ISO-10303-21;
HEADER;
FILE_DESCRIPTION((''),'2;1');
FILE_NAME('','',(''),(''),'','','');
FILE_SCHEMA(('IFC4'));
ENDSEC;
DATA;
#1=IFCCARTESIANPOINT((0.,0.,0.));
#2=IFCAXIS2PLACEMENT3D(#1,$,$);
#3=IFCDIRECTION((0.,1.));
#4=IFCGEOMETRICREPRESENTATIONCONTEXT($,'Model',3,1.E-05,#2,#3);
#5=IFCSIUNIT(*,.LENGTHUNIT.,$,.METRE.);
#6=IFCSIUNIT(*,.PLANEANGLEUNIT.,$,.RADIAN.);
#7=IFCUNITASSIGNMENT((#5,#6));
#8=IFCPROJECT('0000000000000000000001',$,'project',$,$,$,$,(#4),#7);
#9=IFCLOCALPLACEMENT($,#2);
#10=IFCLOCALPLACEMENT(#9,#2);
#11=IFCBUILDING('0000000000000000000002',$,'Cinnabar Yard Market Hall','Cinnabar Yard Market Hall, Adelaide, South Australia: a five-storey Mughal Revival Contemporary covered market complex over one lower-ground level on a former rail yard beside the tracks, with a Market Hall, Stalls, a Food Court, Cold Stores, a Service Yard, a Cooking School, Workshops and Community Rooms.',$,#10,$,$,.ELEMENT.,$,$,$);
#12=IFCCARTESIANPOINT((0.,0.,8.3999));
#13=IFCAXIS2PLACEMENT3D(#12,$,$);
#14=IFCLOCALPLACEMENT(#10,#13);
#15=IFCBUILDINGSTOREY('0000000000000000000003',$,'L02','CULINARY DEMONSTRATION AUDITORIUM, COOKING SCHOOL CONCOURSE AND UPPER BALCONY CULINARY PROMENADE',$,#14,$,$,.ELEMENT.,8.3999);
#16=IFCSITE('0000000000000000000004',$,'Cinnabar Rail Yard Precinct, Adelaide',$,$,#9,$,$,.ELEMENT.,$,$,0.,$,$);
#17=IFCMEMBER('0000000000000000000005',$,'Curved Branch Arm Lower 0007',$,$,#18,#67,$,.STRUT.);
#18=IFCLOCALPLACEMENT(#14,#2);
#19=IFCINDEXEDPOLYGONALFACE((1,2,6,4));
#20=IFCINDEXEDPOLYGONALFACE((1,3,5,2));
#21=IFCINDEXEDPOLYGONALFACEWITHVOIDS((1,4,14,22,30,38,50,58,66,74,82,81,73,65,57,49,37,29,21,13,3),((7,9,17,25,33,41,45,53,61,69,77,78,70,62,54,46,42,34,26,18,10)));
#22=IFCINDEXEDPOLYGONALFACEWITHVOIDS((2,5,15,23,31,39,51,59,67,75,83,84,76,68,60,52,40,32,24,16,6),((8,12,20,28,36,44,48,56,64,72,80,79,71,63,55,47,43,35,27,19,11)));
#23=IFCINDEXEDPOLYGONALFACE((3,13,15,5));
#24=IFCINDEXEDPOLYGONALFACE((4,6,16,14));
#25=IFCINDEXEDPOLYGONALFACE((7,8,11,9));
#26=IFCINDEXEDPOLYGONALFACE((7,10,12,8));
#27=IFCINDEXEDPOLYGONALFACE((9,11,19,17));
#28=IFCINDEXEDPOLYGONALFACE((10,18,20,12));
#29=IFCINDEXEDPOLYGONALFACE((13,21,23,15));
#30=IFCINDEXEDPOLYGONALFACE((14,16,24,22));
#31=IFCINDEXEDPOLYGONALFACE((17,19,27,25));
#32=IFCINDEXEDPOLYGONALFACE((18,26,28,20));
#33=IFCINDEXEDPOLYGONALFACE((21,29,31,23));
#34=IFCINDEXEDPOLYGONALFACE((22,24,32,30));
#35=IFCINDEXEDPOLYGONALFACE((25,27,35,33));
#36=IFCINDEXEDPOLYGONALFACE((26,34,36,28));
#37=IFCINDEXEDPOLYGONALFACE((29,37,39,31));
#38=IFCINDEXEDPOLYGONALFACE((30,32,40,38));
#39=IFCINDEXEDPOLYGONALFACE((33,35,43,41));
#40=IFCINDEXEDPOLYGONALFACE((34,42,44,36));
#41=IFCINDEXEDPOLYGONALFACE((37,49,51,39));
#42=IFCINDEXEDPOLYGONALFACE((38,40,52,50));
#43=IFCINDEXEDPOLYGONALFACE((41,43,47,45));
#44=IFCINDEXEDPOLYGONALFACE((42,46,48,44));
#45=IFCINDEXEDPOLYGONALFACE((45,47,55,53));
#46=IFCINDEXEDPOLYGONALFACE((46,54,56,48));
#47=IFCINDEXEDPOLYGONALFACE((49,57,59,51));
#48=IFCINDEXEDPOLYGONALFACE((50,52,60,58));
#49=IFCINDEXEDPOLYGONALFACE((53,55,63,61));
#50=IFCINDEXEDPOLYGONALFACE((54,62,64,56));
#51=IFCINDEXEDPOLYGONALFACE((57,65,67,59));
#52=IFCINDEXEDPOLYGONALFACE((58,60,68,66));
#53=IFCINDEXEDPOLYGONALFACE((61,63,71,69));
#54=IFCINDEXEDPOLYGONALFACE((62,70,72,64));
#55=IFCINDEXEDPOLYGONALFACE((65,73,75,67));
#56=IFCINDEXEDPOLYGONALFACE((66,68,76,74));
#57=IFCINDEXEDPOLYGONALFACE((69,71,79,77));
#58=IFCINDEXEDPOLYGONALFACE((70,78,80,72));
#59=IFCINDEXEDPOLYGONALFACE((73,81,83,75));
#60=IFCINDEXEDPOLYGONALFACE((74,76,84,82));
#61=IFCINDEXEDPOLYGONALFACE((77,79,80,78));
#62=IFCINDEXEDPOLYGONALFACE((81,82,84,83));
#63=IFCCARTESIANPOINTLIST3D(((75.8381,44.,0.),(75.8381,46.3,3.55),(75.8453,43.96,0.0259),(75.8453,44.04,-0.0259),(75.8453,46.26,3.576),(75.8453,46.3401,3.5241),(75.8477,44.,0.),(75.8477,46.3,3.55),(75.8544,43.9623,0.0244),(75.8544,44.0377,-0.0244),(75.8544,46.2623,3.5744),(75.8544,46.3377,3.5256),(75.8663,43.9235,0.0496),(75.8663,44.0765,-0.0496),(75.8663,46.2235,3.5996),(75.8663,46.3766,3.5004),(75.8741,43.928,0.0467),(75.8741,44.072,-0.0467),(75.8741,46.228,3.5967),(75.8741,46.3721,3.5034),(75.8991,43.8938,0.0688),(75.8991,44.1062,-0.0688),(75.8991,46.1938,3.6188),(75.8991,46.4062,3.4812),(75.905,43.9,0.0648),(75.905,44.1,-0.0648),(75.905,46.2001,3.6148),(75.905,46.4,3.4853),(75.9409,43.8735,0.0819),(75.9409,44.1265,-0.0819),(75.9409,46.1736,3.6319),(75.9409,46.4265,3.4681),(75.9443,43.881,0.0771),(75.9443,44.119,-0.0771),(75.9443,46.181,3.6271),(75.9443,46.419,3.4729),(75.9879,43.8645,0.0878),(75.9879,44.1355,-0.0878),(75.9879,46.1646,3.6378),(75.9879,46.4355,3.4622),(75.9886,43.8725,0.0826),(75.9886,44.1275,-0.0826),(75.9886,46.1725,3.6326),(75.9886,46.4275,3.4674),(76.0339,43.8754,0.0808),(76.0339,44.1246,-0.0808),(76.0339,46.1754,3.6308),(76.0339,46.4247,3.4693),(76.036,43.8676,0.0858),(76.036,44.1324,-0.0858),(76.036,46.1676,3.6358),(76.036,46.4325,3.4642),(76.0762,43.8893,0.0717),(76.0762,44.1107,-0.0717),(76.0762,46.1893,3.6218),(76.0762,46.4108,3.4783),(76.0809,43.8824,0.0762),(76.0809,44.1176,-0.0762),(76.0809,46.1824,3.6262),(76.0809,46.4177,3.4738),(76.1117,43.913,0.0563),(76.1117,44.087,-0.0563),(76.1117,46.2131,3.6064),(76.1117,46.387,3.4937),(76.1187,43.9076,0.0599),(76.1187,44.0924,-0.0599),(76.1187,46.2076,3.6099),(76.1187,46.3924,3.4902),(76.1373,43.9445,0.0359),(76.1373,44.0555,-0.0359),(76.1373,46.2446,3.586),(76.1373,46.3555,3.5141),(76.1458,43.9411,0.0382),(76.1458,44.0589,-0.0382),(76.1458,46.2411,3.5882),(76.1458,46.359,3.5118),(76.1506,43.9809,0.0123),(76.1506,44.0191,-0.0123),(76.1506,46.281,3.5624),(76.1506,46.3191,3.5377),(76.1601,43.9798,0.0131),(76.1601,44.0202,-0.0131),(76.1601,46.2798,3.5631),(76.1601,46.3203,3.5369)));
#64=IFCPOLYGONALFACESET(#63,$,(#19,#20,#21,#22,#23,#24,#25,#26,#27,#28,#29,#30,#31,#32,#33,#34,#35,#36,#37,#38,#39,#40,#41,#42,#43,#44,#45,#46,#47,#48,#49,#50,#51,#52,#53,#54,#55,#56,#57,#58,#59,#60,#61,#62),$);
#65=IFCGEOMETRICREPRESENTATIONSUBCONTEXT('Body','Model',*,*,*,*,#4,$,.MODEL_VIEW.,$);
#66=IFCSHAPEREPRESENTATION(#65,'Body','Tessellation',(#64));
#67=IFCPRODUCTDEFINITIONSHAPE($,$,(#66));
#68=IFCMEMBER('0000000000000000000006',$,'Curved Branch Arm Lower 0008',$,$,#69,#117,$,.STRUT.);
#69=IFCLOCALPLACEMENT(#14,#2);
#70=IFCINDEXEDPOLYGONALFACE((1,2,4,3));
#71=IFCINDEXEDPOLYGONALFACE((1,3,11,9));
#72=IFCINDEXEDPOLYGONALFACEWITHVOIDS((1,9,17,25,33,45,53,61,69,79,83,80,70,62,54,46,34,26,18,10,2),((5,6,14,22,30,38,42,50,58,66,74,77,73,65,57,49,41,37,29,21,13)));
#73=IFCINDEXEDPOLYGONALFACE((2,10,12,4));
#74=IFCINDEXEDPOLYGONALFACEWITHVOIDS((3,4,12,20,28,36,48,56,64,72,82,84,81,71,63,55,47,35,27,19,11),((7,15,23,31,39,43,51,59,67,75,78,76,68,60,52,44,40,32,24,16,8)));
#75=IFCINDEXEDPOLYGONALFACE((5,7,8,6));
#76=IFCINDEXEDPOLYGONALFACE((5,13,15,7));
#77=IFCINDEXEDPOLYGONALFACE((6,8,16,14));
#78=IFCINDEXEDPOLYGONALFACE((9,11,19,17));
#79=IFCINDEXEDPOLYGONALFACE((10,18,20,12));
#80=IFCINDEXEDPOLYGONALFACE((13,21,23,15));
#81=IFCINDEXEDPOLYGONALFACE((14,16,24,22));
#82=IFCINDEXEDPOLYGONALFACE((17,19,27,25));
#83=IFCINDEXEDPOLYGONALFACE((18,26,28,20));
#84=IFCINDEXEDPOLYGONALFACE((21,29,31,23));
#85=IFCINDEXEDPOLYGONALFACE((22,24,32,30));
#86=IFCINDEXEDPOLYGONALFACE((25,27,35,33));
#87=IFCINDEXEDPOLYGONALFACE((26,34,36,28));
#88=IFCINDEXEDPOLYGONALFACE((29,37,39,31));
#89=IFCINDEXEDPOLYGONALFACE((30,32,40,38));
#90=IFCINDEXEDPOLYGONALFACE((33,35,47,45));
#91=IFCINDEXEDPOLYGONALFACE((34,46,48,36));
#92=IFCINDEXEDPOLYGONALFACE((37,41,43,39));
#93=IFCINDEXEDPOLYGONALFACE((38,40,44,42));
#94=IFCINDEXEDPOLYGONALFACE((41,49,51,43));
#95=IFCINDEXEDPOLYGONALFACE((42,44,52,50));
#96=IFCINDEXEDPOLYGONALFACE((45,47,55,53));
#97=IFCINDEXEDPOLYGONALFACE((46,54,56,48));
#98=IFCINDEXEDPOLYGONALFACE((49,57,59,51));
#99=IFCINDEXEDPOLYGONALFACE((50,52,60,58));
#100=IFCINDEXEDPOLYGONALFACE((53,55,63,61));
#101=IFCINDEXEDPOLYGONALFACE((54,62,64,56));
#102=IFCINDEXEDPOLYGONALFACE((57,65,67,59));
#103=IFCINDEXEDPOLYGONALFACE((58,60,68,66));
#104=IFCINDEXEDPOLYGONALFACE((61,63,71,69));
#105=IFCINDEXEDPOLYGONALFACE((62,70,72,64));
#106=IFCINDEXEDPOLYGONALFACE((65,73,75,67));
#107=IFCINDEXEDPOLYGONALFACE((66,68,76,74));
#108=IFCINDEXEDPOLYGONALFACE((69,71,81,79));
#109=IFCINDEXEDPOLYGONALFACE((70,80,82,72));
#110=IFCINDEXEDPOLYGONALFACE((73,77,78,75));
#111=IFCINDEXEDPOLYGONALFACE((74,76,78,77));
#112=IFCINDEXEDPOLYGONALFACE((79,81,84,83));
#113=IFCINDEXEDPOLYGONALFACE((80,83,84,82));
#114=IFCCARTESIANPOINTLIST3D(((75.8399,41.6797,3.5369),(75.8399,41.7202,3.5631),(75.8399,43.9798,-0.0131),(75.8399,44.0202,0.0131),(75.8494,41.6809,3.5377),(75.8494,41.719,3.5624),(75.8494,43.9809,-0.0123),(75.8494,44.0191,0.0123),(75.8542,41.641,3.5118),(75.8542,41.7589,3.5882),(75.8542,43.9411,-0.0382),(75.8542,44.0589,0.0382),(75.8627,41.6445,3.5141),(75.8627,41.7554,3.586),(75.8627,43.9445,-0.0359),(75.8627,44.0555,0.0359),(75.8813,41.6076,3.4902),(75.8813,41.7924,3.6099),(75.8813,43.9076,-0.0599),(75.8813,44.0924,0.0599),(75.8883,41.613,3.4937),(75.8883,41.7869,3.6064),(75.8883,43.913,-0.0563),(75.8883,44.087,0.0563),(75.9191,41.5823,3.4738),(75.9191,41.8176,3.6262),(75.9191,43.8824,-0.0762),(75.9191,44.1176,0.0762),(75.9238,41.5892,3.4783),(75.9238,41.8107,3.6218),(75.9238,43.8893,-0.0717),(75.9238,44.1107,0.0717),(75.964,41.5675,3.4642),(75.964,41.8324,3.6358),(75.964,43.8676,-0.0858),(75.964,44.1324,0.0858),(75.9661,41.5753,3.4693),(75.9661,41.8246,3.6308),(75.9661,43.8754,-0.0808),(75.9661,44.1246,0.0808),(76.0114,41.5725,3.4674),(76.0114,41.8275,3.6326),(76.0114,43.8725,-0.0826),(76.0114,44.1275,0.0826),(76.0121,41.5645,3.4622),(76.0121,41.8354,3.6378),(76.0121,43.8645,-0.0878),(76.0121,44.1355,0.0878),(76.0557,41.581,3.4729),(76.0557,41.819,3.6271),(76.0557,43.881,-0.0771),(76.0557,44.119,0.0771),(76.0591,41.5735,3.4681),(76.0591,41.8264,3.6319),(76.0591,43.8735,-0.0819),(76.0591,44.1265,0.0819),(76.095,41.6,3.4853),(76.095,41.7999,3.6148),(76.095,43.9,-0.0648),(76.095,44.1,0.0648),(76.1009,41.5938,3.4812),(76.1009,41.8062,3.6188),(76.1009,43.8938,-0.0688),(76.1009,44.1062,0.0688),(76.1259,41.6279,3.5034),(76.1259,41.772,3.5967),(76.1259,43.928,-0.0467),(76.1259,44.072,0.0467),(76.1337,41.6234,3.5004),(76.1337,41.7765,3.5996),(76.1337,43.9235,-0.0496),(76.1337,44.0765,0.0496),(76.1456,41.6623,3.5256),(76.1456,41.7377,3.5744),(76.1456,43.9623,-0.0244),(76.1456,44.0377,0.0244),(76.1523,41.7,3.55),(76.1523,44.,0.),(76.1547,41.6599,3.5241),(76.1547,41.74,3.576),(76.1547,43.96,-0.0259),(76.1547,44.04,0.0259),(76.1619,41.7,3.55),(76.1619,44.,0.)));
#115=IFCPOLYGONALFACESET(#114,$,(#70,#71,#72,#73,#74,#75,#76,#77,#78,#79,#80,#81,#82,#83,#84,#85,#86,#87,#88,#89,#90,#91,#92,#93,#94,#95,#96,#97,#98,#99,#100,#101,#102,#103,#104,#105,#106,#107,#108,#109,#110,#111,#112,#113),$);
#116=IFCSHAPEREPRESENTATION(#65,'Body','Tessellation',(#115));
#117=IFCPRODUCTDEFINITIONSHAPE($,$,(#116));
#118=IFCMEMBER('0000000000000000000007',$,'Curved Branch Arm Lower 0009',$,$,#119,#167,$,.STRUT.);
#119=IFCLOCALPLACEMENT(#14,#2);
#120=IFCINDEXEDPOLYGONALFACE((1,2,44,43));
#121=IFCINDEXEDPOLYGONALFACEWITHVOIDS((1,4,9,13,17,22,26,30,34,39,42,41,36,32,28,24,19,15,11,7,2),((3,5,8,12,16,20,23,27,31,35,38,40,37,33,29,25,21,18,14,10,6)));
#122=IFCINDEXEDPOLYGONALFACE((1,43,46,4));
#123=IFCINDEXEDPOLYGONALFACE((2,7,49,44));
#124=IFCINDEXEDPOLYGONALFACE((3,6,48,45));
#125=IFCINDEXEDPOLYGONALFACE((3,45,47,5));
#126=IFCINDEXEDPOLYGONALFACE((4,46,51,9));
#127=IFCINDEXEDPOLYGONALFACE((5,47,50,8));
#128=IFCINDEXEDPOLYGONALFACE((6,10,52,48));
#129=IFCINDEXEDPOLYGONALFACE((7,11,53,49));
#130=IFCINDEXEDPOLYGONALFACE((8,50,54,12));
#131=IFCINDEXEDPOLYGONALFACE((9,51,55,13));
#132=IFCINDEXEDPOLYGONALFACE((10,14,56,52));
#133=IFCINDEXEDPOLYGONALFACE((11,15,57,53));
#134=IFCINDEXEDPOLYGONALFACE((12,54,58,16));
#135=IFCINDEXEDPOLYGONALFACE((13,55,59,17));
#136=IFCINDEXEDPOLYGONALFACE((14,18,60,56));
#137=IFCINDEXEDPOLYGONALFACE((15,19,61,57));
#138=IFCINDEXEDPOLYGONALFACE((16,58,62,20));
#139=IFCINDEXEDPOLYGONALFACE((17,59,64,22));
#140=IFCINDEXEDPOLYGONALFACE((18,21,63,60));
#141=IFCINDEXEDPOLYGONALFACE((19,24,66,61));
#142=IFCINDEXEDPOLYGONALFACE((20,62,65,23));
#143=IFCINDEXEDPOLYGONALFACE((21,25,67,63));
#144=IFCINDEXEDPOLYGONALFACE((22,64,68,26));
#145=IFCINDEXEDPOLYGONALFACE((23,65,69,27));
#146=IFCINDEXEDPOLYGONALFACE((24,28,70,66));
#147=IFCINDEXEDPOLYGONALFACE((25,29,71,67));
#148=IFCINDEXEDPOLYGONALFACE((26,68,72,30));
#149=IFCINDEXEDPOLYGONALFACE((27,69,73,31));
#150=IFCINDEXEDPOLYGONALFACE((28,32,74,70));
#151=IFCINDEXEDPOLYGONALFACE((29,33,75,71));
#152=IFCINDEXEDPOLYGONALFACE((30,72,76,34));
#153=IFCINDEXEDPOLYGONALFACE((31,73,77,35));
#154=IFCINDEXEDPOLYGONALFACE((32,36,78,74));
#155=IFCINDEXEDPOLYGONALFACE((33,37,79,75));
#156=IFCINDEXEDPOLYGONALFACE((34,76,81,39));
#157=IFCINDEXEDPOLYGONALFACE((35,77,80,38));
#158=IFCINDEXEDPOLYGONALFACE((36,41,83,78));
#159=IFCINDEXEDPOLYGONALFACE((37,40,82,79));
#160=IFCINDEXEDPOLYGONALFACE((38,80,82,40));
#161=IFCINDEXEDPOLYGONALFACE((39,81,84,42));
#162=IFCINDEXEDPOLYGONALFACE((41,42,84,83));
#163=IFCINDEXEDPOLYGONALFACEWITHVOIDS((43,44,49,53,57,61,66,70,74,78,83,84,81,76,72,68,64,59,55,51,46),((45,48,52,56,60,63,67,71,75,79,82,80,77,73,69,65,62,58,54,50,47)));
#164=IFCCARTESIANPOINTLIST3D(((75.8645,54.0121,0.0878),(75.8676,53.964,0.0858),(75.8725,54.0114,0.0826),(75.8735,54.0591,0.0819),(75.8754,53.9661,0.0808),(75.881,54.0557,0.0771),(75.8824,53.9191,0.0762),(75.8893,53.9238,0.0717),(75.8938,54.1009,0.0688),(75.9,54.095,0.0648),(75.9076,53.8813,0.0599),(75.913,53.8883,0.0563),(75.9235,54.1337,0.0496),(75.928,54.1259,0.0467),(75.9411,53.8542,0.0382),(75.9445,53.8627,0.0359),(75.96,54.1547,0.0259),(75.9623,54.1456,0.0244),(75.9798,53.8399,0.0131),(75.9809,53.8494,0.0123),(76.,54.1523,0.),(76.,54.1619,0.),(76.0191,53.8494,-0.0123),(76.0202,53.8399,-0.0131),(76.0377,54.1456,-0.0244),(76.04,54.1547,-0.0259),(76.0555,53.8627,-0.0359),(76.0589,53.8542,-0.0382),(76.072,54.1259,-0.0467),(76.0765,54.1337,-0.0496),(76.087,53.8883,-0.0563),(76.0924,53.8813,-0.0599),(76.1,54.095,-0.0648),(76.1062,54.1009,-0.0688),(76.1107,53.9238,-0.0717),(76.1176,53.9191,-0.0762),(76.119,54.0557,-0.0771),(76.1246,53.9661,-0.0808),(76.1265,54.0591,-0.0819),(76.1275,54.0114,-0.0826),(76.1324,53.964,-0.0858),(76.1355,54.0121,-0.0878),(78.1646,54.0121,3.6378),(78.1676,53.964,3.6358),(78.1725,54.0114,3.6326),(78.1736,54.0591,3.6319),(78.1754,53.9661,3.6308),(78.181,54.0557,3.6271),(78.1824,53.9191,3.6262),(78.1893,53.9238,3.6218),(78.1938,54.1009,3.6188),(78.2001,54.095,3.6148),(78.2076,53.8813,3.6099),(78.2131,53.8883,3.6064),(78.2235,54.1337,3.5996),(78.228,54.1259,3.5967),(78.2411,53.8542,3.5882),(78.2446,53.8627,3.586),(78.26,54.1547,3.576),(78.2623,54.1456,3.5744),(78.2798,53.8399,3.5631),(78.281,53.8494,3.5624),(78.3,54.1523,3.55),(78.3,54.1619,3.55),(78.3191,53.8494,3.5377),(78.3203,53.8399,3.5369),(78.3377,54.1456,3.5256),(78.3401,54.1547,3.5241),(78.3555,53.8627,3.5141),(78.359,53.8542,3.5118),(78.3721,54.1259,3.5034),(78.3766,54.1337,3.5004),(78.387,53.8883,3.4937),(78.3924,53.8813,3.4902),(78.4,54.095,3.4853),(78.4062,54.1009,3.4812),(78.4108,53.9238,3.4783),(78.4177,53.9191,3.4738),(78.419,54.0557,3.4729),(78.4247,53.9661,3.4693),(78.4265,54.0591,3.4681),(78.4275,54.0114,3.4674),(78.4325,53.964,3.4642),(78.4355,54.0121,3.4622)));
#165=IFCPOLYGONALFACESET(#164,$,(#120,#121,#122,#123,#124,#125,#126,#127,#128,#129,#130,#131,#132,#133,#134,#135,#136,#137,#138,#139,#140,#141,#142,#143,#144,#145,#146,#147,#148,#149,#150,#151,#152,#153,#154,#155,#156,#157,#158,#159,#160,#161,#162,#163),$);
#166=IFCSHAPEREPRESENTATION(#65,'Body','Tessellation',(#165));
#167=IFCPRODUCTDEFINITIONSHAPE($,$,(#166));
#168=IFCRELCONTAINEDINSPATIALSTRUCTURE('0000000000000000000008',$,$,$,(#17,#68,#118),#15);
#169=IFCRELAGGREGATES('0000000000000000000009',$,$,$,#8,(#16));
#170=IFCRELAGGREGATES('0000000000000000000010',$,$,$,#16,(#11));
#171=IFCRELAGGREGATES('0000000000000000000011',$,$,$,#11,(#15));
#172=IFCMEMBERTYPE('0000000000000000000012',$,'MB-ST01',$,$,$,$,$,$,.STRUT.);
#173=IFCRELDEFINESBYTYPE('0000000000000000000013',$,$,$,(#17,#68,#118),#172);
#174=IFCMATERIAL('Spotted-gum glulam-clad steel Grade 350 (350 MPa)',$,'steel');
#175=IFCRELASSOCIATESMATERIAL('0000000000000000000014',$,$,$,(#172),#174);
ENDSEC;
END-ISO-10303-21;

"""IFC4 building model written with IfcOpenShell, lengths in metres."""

from ifc_helpers import new_model, si_unit, direction, frame, origin, origin_2d_with_axis, place, context, subcontext, project, spatial, hollow_circle, extrude, material, material_profile, profile_set, type_object, element, save


model = new_model("IFC4")

# Units and contexts
model_context = context("Model", 3, precision=1e-05, world=origin(), true_north=direction((0.0, 1.0)))
body_context = subcontext(model_context, "Body", "Model", "MODEL_VIEW")
ifc_project = project(units=[si_unit("LENGTHUNIT", "METRE"), si_unit("PLANEANGLEUNIT", "RADIAN")], contexts=[model_context])

# Site, building, storey
site_placement = place(None, origin())
site = spatial("IfcSite", under=ifc_project, at=site_placement, Name="Cinnabar Rail Yard Precinct, Adelaide", CompositionType="ELEMENT", RefElevation=0.0)
building_placement = place(site_placement, origin())
building = spatial("IfcBuilding", under=site, at=building_placement, Name="Cinnabar Yard Market Hall", Description="Cinnabar Yard Market Hall, Adelaide, South Australia: a five-storey Mughal Revival Contemporary covered market complex over one lower-ground level on a former rail yard beside the tracks, with a Market Hall, Stalls, a Food Court, Cold Stores, a Service Yard, a Cooking School, Workshops and Community Rooms.", CompositionType="ELEMENT")
storey_placement = place(building_placement, frame((0.0, 0.0, 8.3999)))
storey = spatial("IfcBuildingStorey", under=building, at=storey_placement, Name="L02", Description="CULINARY DEMONSTRATION AUDITORIUM, COOKING SCHOOL CONCOURSE AND UPPER BALCONY CULINARY PROMENADE", CompositionType="ELEMENT", Elevation=8.3999)

# Shared definitions
ifc_material_1 = material(Name="Spotted-gum glulam-clad steel Grade 350 (350 MPa)", Category="steel")

# Members
ifc_material_profile_1 = material_profile(ifc_material_1, hollow_circle(Radius=0.1619, WallThickness=0.0095, at=origin_2d_with_axis()), Name="323.9x9.5CHS")
ifc_profile_set_1 = profile_set([ifc_material_profile_1], Name="Spotted-gum glulam-clad steel Grade 350 (350 MPa)")
member_type_1 = type_object("IfcMemberType", Name="MB-ST01", PredefinedType="STRUT", material=ifc_profile_set_1)
for number, where, z_axis, x_axis, name in (
    (1, (76.0, 44.0, 0.0), (0.0, 0.543744, 0.839251), (-1.0, 0.0, 0.0), "Curved Branch Arm Lower 0007"),
    (2, (76.0, 44.0, 0.0), (0.0, -0.543744, 0.839251), (1.0, 0.0, 0.0), "Curved Branch Arm Lower 0008"),
    (3, (76.0, 54.0, 0.0), (0.543744, 0.0, 0.839251), (0.0, 1.0, 0.0), "Curved Branch Arm Lower 0009"),
):
    element("IfcMember", number, at=place(storey_placement, frame(where, z_axis=z_axis, x_axis=x_axis)), inside=storey, type_object=member_type_1, Name=name, PredefinedType="STRUT", context=body_context, shape_type="SweptSolid", body=[
        extrude(hollow_circle(Radius=0.1619, WallThickness=0.0095, at=origin_2d_with_axis()), origin(), (0.0, 0.0, 1.0), 4.23),
    ])

save(model, "model.ifc")
